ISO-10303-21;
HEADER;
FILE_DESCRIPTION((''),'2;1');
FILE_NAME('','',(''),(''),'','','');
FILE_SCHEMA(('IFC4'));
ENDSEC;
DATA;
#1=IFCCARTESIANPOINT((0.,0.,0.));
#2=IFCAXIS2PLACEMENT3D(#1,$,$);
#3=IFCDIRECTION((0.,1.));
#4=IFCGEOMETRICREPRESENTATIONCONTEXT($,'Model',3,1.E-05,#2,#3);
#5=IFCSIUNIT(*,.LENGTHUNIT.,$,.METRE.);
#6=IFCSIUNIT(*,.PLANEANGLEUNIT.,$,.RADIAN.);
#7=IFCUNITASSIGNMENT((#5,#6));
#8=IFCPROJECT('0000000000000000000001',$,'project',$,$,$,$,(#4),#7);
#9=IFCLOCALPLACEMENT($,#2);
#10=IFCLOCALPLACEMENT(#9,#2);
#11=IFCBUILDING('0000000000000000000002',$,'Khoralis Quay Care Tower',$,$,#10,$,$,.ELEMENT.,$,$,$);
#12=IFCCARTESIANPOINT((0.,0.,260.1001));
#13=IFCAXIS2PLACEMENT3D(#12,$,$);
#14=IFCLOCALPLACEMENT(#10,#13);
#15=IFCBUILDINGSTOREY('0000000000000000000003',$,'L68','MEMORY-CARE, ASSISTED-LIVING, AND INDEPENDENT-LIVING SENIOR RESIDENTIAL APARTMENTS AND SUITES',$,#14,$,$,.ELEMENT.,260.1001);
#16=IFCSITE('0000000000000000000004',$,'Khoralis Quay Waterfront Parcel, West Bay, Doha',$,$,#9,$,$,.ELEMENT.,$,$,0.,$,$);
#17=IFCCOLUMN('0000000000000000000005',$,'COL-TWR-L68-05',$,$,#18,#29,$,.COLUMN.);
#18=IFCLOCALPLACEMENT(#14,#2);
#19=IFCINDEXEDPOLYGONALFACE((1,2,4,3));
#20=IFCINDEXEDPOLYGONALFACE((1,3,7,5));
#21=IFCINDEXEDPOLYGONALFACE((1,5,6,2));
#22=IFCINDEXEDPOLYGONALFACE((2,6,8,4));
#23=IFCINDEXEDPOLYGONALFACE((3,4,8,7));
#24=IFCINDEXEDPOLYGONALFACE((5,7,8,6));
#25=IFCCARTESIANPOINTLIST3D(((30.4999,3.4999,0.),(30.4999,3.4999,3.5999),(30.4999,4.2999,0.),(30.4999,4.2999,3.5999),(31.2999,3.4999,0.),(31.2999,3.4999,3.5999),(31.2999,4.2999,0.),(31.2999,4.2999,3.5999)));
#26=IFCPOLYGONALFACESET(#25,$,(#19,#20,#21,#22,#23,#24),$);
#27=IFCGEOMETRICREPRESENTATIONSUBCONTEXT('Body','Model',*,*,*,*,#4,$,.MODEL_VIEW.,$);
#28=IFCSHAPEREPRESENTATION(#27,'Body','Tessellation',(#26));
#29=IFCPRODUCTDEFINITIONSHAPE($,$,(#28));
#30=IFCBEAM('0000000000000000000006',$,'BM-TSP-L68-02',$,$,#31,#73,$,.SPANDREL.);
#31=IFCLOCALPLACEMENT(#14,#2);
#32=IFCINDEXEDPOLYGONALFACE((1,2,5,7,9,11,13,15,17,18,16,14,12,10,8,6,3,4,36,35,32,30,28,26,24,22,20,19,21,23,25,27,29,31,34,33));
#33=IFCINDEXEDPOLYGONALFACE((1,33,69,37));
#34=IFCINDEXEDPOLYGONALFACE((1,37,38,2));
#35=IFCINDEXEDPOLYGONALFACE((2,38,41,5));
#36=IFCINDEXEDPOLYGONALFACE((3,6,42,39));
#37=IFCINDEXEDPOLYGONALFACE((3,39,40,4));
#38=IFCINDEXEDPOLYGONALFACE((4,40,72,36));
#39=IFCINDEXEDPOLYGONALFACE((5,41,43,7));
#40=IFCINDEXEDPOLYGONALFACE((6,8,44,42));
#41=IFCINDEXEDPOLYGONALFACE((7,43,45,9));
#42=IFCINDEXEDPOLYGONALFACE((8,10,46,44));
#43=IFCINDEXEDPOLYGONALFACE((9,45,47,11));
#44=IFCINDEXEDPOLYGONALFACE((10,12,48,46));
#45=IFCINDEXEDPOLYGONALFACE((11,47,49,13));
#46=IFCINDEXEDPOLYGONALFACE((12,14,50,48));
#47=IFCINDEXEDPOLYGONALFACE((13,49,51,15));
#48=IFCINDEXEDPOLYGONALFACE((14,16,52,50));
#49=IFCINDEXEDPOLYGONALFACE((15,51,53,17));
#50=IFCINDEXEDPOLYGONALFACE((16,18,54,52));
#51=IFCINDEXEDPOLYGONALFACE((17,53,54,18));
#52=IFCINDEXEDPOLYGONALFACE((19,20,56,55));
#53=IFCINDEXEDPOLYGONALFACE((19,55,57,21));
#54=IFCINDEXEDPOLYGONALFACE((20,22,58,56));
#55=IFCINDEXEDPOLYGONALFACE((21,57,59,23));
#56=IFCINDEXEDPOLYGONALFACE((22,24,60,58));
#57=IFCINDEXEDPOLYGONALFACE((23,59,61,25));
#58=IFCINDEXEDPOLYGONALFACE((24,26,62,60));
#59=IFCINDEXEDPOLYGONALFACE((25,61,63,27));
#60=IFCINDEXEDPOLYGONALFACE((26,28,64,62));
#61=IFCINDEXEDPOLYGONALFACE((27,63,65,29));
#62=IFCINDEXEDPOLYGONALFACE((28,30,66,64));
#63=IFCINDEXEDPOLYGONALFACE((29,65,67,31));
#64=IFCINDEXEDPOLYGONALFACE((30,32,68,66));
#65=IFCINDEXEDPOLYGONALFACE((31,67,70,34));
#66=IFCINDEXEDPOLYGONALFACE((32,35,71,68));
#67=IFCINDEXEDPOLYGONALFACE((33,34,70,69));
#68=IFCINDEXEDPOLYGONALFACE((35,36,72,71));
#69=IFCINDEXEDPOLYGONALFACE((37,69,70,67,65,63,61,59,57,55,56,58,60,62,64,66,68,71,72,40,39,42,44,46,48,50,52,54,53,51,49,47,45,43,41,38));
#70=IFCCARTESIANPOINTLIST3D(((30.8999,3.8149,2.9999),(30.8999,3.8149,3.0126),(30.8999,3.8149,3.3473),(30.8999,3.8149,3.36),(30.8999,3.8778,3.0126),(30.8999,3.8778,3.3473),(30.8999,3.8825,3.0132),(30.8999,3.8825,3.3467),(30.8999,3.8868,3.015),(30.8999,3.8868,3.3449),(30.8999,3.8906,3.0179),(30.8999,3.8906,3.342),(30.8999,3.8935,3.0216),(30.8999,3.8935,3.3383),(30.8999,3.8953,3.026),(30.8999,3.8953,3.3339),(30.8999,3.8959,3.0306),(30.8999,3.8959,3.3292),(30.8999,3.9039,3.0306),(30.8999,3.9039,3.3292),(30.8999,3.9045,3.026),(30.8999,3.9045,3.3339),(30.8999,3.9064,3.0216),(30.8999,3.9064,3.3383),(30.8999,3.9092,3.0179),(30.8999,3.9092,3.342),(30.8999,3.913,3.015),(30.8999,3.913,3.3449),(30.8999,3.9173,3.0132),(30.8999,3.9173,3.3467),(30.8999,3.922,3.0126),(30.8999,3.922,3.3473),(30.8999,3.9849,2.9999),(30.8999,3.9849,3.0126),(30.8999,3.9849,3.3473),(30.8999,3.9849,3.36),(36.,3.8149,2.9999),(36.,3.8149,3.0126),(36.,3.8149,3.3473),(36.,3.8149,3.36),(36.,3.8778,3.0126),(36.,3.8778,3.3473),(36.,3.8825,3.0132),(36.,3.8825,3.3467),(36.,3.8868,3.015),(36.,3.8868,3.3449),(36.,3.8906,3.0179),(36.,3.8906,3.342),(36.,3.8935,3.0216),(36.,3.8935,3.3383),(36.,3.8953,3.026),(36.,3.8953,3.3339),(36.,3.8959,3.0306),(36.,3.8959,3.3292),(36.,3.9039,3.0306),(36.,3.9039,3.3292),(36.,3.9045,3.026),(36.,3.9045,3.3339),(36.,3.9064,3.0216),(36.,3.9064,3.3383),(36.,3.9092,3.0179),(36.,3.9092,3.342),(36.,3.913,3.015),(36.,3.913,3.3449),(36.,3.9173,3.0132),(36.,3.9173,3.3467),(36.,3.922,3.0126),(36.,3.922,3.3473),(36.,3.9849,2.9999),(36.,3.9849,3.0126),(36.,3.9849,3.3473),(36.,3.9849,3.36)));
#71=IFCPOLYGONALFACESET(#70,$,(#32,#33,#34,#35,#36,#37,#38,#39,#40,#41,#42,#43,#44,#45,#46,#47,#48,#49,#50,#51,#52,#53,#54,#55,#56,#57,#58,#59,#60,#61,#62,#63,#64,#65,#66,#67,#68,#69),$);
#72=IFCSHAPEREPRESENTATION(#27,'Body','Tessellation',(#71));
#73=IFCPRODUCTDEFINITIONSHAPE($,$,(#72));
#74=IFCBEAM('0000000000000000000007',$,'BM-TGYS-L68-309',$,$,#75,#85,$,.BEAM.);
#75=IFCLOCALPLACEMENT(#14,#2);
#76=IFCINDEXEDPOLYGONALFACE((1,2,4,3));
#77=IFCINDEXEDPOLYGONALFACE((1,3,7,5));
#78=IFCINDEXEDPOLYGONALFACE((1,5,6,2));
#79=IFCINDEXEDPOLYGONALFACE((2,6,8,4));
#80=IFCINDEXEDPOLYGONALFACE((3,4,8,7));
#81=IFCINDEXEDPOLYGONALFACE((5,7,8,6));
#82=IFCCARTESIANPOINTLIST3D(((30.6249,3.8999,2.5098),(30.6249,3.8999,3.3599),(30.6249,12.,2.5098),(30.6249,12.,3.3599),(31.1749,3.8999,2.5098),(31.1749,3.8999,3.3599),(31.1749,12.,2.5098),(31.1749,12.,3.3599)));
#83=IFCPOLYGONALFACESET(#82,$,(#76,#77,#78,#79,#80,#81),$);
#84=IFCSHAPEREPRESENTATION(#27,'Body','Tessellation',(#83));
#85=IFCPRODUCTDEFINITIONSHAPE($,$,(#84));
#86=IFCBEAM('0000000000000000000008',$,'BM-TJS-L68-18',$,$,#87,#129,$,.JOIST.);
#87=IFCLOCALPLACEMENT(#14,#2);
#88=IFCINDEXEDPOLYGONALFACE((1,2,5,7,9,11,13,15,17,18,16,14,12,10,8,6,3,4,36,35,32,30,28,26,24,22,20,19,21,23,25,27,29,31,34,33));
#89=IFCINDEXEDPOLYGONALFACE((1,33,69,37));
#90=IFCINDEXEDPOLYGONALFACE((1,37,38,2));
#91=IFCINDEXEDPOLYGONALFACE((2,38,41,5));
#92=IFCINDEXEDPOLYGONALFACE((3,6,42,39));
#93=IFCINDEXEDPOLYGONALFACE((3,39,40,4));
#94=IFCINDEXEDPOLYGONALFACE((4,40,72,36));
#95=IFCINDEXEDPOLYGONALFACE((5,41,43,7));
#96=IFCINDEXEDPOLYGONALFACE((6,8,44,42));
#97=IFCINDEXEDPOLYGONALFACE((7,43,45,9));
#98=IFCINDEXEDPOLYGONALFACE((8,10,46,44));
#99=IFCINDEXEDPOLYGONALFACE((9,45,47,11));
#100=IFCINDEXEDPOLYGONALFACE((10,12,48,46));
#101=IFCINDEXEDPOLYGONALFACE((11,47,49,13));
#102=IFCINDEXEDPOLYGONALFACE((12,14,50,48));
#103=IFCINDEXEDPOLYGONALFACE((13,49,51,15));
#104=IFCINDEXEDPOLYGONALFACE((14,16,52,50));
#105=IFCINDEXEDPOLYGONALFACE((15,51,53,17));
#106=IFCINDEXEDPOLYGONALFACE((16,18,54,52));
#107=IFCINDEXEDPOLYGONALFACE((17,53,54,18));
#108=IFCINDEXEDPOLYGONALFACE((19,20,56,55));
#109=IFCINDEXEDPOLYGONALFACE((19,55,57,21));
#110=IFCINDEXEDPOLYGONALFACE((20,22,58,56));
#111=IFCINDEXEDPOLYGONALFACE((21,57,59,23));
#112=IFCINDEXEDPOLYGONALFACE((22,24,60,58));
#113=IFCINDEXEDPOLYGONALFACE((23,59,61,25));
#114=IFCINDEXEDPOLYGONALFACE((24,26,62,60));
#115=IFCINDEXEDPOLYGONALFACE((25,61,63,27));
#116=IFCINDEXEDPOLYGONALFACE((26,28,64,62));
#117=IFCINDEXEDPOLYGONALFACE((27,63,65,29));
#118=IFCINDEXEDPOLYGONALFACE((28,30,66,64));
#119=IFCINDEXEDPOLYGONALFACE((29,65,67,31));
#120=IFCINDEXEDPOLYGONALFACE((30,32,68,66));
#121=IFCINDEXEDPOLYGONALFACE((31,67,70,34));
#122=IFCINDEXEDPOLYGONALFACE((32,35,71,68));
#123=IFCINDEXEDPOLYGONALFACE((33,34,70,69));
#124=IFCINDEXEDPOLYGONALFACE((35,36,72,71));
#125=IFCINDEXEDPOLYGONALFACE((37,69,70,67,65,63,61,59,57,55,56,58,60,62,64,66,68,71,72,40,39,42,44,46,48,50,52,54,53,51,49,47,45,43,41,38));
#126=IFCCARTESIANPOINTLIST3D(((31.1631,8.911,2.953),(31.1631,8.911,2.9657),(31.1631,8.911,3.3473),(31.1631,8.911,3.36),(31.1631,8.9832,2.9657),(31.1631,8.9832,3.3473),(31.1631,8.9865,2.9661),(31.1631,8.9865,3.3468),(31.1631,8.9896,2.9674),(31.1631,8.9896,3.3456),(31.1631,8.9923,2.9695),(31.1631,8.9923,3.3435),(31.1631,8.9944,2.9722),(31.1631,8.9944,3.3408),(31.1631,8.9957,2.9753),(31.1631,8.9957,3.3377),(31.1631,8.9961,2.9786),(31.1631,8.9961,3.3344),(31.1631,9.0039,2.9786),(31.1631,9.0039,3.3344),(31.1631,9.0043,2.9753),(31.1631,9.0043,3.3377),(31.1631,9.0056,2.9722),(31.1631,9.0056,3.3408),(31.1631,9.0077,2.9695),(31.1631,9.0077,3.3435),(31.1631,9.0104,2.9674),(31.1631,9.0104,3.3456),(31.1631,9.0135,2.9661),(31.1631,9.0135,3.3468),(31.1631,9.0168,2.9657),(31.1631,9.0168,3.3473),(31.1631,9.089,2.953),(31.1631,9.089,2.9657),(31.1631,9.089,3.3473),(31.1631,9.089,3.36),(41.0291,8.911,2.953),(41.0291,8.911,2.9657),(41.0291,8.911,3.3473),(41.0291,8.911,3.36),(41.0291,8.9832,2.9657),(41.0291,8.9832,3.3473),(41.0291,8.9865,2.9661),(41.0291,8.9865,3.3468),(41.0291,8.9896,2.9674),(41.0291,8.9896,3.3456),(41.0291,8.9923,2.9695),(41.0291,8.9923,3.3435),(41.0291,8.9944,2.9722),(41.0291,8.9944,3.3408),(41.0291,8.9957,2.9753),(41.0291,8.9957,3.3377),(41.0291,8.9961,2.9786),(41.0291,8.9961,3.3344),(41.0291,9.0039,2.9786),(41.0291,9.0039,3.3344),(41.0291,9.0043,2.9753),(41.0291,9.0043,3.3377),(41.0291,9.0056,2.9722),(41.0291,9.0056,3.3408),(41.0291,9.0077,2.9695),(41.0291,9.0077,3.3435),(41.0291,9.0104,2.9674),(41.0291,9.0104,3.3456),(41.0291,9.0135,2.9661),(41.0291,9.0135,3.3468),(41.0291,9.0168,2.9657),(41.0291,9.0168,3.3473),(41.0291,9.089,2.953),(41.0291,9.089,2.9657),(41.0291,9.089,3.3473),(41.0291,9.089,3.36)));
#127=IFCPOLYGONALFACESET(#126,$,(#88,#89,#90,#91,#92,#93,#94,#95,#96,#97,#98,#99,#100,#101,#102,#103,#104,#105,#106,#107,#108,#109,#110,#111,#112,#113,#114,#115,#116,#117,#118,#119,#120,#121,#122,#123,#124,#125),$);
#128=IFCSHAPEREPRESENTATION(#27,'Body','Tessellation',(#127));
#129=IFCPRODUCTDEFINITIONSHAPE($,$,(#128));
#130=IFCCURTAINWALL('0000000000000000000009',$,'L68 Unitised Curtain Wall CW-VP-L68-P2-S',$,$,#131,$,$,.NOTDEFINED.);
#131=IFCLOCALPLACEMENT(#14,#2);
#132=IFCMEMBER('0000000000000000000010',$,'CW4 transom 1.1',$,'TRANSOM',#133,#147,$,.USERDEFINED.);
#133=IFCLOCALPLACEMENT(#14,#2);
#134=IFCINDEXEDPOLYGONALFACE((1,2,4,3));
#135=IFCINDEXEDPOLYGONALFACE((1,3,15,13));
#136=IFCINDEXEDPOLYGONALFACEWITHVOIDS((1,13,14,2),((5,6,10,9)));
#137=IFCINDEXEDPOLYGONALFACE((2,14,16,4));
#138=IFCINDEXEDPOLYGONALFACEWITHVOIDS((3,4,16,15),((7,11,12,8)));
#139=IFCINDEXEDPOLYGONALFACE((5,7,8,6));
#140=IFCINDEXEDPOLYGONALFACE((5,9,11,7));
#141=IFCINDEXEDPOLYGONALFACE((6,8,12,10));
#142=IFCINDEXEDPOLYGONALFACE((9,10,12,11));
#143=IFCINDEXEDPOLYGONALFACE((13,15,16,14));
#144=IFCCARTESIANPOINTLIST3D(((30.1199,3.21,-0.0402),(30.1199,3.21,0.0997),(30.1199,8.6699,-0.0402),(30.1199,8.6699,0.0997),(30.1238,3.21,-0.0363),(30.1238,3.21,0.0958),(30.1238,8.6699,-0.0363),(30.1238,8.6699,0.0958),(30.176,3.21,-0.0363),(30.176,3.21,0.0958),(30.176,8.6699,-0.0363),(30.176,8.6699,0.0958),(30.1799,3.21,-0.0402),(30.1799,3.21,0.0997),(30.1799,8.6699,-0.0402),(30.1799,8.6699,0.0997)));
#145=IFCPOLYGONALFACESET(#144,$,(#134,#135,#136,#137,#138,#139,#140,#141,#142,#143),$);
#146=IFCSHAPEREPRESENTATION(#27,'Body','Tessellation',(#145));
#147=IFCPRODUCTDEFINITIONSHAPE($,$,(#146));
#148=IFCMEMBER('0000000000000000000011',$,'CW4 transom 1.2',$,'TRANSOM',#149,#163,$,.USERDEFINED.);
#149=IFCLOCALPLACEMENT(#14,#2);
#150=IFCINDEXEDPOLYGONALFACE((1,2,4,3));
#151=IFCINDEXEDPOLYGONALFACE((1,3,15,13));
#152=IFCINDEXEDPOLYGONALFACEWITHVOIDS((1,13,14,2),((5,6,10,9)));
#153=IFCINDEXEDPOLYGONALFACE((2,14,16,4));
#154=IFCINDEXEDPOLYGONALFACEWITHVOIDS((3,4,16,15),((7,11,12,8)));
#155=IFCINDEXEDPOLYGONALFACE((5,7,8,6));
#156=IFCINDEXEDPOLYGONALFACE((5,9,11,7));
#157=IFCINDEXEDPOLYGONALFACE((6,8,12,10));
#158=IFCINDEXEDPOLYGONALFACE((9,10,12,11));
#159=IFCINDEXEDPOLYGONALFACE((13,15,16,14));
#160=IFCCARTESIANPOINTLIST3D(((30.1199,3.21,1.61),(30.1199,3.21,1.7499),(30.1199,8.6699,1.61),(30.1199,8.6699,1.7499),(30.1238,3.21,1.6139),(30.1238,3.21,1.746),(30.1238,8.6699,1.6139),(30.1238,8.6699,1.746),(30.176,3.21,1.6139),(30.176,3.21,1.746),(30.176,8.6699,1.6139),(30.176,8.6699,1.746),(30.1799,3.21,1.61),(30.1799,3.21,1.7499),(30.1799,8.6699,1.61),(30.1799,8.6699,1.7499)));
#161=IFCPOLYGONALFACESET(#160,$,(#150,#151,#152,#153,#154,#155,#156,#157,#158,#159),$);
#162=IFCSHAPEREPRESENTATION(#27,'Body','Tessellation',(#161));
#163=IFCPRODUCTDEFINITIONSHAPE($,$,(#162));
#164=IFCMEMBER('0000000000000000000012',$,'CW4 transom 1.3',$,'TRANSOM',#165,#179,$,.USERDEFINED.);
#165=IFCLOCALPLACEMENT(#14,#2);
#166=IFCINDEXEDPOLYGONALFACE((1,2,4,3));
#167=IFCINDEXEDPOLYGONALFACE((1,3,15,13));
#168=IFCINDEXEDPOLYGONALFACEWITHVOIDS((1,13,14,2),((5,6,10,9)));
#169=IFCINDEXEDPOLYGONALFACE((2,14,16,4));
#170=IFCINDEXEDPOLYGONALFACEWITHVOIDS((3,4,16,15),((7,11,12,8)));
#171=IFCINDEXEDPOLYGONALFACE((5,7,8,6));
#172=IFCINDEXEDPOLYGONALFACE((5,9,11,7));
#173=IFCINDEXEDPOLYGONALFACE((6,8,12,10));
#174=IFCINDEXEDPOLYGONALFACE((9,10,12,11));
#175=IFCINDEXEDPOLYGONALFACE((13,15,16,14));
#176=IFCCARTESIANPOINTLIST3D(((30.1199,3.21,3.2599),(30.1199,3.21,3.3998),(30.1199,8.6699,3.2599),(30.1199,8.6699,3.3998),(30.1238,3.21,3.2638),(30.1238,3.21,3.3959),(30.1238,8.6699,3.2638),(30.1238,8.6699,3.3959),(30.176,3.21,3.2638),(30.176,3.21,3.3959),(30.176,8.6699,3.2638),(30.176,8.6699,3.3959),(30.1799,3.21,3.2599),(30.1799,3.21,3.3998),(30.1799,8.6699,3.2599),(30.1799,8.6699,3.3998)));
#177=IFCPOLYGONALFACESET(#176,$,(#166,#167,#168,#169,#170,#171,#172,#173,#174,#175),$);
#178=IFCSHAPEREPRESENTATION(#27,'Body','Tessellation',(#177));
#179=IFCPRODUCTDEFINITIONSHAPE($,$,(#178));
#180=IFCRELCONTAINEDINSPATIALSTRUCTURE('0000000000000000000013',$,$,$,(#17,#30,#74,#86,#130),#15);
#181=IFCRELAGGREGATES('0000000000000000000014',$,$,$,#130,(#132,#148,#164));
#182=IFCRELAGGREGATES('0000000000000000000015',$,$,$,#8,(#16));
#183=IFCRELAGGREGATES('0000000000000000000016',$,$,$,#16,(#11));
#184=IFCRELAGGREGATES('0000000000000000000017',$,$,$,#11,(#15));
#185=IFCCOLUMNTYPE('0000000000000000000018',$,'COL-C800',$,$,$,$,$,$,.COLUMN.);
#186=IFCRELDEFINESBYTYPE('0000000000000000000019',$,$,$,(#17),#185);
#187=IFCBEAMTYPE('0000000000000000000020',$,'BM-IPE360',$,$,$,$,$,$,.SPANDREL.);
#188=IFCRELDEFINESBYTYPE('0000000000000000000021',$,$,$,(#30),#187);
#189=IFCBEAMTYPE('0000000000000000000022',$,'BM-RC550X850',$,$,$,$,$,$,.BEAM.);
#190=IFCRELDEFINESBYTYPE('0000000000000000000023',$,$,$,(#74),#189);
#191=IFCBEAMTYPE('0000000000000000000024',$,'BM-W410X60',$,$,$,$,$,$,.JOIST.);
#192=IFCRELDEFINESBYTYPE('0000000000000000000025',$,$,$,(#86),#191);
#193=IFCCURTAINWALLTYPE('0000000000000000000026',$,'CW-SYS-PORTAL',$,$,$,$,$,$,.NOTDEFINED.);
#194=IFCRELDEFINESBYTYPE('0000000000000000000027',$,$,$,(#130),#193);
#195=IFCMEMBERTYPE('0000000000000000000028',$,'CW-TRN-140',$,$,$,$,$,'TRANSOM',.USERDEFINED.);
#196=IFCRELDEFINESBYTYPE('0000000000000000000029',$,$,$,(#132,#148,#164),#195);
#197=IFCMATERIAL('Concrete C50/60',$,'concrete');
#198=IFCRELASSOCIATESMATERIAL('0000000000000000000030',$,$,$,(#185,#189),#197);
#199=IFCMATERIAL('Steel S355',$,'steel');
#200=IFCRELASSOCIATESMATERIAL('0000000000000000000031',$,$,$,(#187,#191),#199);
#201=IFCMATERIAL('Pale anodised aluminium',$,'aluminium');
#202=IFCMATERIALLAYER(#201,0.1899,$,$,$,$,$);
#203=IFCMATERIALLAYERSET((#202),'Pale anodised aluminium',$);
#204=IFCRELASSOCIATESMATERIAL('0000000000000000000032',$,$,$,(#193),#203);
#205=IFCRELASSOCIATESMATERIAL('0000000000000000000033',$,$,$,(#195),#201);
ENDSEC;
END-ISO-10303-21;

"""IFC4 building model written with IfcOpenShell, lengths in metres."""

from ifc_helpers import new_model, si_unit, direction, frame, origin, origin_2d, place, context, subcontext, project, spatial, rectangle, hollow_rectangle, i_section, extrude, source, transform, mapped, material, layer, layer_set, material_profile, profile_set, type_object, element, aggregate, save


model = new_model("IFC4")

# Units and contexts
model_context = context("Model", 3, precision=1e-05, world=origin(), true_north=direction((0.0, 1.0)))
body_context = subcontext(model_context, "Body", "Model", "MODEL_VIEW")
ifc_project = project(units=[si_unit("LENGTHUNIT", "METRE"), si_unit("PLANEANGLEUNIT", "RADIAN")], contexts=[model_context])

# Site, building, storey
site_placement = place(None, origin())
site = spatial("IfcSite", under=ifc_project, at=site_placement, Name="Khoralis Quay Waterfront Parcel, West Bay, Doha", CompositionType="ELEMENT", RefElevation=0.0)
building_placement = place(site_placement, origin())
building = spatial("IfcBuilding", under=site, at=building_placement, Name="Khoralis Quay Care Tower", CompositionType="ELEMENT")
storey_placement = place(building_placement, frame((0.0, 0.0, 260.1001)))
storey = spatial("IfcBuildingStorey", under=building, at=storey_placement, Name="L68", Description="MEMORY-CARE, ASSISTED-LIVING, AND INDEPENDENT-LIVING SENIOR RESIDENTIAL APARTMENTS AND SUITES", CompositionType="ELEMENT", Elevation=260.1001)

# Column
ifc_material_1 = material(Name="Concrete C50/60", Category="concrete")
ifc_material_profile_1 = material_profile(ifc_material_1, rectangle(XDim=0.8, YDim=0.8, at=origin_2d()), Name="Concrete C50/60")
ifc_profile_set_1 = profile_set([ifc_material_profile_1], Name="Concrete C50/60")
column_type = type_object("IfcColumnType", Name="COL-C800", PredefinedType="COLUMN", material=ifc_profile_set_1)
shared_shape_1 = source(origin(), body_context, "Body", "SweptSolid", [
    extrude(rectangle(XDim=0.8, YDim=0.8, at=origin_2d()), origin(), (0.0, 0.0, 1.0), 3.5999),
])
column_placement = place(storey_placement, frame((30.8999, 3.8999, 0.0), z_axis=(0.0, 0.0, 1.0), x_axis=(1.0, 0.0, 0.0)))
element("IfcColumn", 1, at=column_placement, inside=storey, type_object=column_type, Name="COL-TWR-L68-05", PredefinedType="COLUMN", context=body_context, shape_type="MappedRepresentation", body=[
    mapped(shared_shape_1, transform((0.0, 0.0, 0.0), scale=1.0)),
])

# Beams
ifc_material_2 = material(Name="Steel S355", Category="steel")
ifc_material_profile_2 = material_profile(ifc_material_2, i_section(OverallWidth=0.1699, OverallDepth=0.3601, WebThickness=0.0081, FlangeThickness=0.0127, FilletRadius=0.0181, at=origin_2d()), Name="Steel S355")
ifc_profile_set_2 = profile_set([ifc_material_profile_2], Name="Steel S355")
beam_type_1 = type_object("IfcBeamType", Name="BM-IPE360", PredefinedType="SPANDREL", material=ifc_profile_set_2)
shared_shape_2 = source(origin(), body_context, "Body", "SweptSolid", [
    extrude(i_section(OverallWidth=0.1699, OverallDepth=0.3601, WebThickness=0.0081, FlangeThickness=0.0127, FilletRadius=0.0181, at=origin_2d()), origin(), (0.0, 0.0, 1.0), 5.1001),
])
beam_1_placement = place(storey_placement, frame((30.8999, 3.8999, 3.1799), z_axis=(1.0, 0.0, 0.0), x_axis=(0.0, 1.0, 0.0)))
element("IfcBeam", 2, at=beam_1_placement, inside=storey, type_object=beam_type_1, Name="BM-TSP-L68-02", PredefinedType="SPANDREL", context=body_context, shape_type="MappedRepresentation", body=[
    mapped(shared_shape_2, transform((0.0, 0.0, 0.0), scale=1.0)),
])
ifc_material_profile_3 = material_profile(ifc_material_1, rectangle(XDim=0.55, YDim=0.8501, at=origin_2d()), Name="Concrete C50/60")
ifc_profile_set_3 = profile_set([ifc_material_profile_3], Name="Concrete C50/60")
beam_type_2 = type_object("IfcBeamType", Name="BM-RC550X850", PredefinedType="BEAM", material=ifc_profile_set_3)
shared_shape_3 = source(origin(), body_context, "Body", "SweptSolid", [
    extrude(rectangle(XDim=0.55, YDim=0.8501, at=origin_2d()), origin(), (0.0, 0.0, 1.0), 8.1001),
])
beam_2_placement = place(storey_placement, frame((30.8999, 3.8999, 2.9348), z_axis=(0.0, 1.0, 0.0), x_axis=(-1.0, 0.0, 0.0)))
element("IfcBeam", 3, at=beam_2_placement, inside=storey, type_object=beam_type_2, Name="BM-TGYS-L68-309", PredefinedType="BEAM", context=body_context, shape_type="MappedRepresentation", body=[
    mapped(shared_shape_3, transform((0.0, 0.0, 0.0), scale=1.0)),
])
ifc_material_profile_4 = material_profile(ifc_material_2, i_section(OverallWidth=0.178, OverallDepth=0.407, WebThickness=0.0078, FlangeThickness=0.0127, FilletRadius=0.0129, at=origin_2d()), Name="Steel S355")
ifc_profile_set_4 = profile_set([ifc_material_profile_4], Name="Steel S355")
beam_type_3 = type_object("IfcBeamType", Name="BM-W410X60", PredefinedType="JOIST", material=ifc_profile_set_4)
shared_shape_4 = source(origin(), body_context, "Body", "SweptSolid", [
    extrude(i_section(OverallWidth=0.178, OverallDepth=0.407, WebThickness=0.0078, FlangeThickness=0.0127, FilletRadius=0.0129, at=origin_2d()), origin(), (0.0, 0.0, 1.0), 9.866),
])
beam_3_placement = place(storey_placement, frame((31.1631, 9.0, 3.1565), z_axis=(1.0, 0.0, 0.0), x_axis=(0.0, 1.0, 0.0)))
element("IfcBeam", 4, at=beam_3_placement, inside=storey, type_object=beam_type_3, Name="BM-TJS-L68-18", PredefinedType="JOIST", context=body_context, shape_type="MappedRepresentation", body=[
    mapped(shared_shape_4, transform((0.0, 0.0, 0.0), scale=1.0)),
])

# Curtain wall, members
ifc_material_3 = material(Name="Pale anodised aluminium", Category="aluminium")
ifc_layer_1 = layer(ifc_material_3, 0.1899)
ifc_layer_set_1 = layer_set([ifc_layer_1], Name="Pale anodised aluminium")
curtain_wall_type = type_object("IfcCurtainWallType", Name="CW-SYS-PORTAL", PredefinedType="NOTDEFINED", material=ifc_layer_set_1)
curtain_wall_placement = place(storey_placement, origin())
curtain_wall = element("IfcCurtainWall", 5, at=curtain_wall_placement, inside=storey, type_object=curtain_wall_type, Name="L68 Unitised Curtain Wall CW-VP-L68-P2-S", PredefinedType="NOTDEFINED")
ifc_material_profile_5 = material_profile(ifc_material_3, hollow_rectangle(XDim=0.0601, YDim=0.1399, WallThickness=0.0039, at=origin_2d()), Name="Pale anodised aluminium")
ifc_profile_set_5 = profile_set([ifc_material_profile_5], Name="Pale anodised aluminium")
member_type_1 = type_object("IfcMemberType", Name="CW-TRN-140", ElementType="TRANSOM", PredefinedType="USERDEFINED", material=ifc_profile_set_5)
shared_shape_5 = source(origin(), body_context, "Body", "SweptSolid", [
    extrude(hollow_rectangle(XDim=0.0601, YDim=0.1399, WallThickness=0.0039, at=origin_2d()), origin(), (0.0, 0.0, 1.0), 5.46),
])
member_1_placement = place(storey_placement, frame((30.1499, 3.21, 0.0298), z_axis=(0.0, 1.0, 0.0), x_axis=(-1.0, 0.0, 0.0)))
member_1 = element("IfcMember", 6, at=member_1_placement, type_object=member_type_1, Name="CW4 transom 1.1", ObjectType="TRANSOM", PredefinedType="USERDEFINED", context=body_context, shape_type="MappedRepresentation", body=[
    mapped(shared_shape_5, transform((0.0, 0.0, 0.0), scale=1.0)),
])
member_2_placement = place(storey_placement, frame((30.1499, 3.21, 1.6799), z_axis=(0.0, 1.0, 0.0), x_axis=(-1.0, 0.0, 0.0)))
member_2 = element("IfcMember", 7, at=member_2_placement, type_object=member_type_1, Name="CW4 transom 1.2", ObjectType="TRANSOM", PredefinedType="USERDEFINED", context=body_context, shape_type="MappedRepresentation", body=[
    mapped(shared_shape_5, transform((0.0, 0.0, 0.0), scale=1.0)),
])
member_3_placement = place(storey_placement, frame((30.1499, 3.21, 3.3298), z_axis=(0.0, 1.0, 0.0), x_axis=(-1.0, 0.0, 0.0)))
member_3 = element("IfcMember", 8, at=member_3_placement, type_object=member_type_1, Name="CW4 transom 1.3", ObjectType="TRANSOM", PredefinedType="USERDEFINED", context=body_context, shape_type="MappedRepresentation", body=[
    mapped(shared_shape_5, transform((0.0, 0.0, 0.0), scale=1.0)),
])
aggregate(curtain_wall, [member_1, member_2, member_3])

save(model, "model.ifc")
